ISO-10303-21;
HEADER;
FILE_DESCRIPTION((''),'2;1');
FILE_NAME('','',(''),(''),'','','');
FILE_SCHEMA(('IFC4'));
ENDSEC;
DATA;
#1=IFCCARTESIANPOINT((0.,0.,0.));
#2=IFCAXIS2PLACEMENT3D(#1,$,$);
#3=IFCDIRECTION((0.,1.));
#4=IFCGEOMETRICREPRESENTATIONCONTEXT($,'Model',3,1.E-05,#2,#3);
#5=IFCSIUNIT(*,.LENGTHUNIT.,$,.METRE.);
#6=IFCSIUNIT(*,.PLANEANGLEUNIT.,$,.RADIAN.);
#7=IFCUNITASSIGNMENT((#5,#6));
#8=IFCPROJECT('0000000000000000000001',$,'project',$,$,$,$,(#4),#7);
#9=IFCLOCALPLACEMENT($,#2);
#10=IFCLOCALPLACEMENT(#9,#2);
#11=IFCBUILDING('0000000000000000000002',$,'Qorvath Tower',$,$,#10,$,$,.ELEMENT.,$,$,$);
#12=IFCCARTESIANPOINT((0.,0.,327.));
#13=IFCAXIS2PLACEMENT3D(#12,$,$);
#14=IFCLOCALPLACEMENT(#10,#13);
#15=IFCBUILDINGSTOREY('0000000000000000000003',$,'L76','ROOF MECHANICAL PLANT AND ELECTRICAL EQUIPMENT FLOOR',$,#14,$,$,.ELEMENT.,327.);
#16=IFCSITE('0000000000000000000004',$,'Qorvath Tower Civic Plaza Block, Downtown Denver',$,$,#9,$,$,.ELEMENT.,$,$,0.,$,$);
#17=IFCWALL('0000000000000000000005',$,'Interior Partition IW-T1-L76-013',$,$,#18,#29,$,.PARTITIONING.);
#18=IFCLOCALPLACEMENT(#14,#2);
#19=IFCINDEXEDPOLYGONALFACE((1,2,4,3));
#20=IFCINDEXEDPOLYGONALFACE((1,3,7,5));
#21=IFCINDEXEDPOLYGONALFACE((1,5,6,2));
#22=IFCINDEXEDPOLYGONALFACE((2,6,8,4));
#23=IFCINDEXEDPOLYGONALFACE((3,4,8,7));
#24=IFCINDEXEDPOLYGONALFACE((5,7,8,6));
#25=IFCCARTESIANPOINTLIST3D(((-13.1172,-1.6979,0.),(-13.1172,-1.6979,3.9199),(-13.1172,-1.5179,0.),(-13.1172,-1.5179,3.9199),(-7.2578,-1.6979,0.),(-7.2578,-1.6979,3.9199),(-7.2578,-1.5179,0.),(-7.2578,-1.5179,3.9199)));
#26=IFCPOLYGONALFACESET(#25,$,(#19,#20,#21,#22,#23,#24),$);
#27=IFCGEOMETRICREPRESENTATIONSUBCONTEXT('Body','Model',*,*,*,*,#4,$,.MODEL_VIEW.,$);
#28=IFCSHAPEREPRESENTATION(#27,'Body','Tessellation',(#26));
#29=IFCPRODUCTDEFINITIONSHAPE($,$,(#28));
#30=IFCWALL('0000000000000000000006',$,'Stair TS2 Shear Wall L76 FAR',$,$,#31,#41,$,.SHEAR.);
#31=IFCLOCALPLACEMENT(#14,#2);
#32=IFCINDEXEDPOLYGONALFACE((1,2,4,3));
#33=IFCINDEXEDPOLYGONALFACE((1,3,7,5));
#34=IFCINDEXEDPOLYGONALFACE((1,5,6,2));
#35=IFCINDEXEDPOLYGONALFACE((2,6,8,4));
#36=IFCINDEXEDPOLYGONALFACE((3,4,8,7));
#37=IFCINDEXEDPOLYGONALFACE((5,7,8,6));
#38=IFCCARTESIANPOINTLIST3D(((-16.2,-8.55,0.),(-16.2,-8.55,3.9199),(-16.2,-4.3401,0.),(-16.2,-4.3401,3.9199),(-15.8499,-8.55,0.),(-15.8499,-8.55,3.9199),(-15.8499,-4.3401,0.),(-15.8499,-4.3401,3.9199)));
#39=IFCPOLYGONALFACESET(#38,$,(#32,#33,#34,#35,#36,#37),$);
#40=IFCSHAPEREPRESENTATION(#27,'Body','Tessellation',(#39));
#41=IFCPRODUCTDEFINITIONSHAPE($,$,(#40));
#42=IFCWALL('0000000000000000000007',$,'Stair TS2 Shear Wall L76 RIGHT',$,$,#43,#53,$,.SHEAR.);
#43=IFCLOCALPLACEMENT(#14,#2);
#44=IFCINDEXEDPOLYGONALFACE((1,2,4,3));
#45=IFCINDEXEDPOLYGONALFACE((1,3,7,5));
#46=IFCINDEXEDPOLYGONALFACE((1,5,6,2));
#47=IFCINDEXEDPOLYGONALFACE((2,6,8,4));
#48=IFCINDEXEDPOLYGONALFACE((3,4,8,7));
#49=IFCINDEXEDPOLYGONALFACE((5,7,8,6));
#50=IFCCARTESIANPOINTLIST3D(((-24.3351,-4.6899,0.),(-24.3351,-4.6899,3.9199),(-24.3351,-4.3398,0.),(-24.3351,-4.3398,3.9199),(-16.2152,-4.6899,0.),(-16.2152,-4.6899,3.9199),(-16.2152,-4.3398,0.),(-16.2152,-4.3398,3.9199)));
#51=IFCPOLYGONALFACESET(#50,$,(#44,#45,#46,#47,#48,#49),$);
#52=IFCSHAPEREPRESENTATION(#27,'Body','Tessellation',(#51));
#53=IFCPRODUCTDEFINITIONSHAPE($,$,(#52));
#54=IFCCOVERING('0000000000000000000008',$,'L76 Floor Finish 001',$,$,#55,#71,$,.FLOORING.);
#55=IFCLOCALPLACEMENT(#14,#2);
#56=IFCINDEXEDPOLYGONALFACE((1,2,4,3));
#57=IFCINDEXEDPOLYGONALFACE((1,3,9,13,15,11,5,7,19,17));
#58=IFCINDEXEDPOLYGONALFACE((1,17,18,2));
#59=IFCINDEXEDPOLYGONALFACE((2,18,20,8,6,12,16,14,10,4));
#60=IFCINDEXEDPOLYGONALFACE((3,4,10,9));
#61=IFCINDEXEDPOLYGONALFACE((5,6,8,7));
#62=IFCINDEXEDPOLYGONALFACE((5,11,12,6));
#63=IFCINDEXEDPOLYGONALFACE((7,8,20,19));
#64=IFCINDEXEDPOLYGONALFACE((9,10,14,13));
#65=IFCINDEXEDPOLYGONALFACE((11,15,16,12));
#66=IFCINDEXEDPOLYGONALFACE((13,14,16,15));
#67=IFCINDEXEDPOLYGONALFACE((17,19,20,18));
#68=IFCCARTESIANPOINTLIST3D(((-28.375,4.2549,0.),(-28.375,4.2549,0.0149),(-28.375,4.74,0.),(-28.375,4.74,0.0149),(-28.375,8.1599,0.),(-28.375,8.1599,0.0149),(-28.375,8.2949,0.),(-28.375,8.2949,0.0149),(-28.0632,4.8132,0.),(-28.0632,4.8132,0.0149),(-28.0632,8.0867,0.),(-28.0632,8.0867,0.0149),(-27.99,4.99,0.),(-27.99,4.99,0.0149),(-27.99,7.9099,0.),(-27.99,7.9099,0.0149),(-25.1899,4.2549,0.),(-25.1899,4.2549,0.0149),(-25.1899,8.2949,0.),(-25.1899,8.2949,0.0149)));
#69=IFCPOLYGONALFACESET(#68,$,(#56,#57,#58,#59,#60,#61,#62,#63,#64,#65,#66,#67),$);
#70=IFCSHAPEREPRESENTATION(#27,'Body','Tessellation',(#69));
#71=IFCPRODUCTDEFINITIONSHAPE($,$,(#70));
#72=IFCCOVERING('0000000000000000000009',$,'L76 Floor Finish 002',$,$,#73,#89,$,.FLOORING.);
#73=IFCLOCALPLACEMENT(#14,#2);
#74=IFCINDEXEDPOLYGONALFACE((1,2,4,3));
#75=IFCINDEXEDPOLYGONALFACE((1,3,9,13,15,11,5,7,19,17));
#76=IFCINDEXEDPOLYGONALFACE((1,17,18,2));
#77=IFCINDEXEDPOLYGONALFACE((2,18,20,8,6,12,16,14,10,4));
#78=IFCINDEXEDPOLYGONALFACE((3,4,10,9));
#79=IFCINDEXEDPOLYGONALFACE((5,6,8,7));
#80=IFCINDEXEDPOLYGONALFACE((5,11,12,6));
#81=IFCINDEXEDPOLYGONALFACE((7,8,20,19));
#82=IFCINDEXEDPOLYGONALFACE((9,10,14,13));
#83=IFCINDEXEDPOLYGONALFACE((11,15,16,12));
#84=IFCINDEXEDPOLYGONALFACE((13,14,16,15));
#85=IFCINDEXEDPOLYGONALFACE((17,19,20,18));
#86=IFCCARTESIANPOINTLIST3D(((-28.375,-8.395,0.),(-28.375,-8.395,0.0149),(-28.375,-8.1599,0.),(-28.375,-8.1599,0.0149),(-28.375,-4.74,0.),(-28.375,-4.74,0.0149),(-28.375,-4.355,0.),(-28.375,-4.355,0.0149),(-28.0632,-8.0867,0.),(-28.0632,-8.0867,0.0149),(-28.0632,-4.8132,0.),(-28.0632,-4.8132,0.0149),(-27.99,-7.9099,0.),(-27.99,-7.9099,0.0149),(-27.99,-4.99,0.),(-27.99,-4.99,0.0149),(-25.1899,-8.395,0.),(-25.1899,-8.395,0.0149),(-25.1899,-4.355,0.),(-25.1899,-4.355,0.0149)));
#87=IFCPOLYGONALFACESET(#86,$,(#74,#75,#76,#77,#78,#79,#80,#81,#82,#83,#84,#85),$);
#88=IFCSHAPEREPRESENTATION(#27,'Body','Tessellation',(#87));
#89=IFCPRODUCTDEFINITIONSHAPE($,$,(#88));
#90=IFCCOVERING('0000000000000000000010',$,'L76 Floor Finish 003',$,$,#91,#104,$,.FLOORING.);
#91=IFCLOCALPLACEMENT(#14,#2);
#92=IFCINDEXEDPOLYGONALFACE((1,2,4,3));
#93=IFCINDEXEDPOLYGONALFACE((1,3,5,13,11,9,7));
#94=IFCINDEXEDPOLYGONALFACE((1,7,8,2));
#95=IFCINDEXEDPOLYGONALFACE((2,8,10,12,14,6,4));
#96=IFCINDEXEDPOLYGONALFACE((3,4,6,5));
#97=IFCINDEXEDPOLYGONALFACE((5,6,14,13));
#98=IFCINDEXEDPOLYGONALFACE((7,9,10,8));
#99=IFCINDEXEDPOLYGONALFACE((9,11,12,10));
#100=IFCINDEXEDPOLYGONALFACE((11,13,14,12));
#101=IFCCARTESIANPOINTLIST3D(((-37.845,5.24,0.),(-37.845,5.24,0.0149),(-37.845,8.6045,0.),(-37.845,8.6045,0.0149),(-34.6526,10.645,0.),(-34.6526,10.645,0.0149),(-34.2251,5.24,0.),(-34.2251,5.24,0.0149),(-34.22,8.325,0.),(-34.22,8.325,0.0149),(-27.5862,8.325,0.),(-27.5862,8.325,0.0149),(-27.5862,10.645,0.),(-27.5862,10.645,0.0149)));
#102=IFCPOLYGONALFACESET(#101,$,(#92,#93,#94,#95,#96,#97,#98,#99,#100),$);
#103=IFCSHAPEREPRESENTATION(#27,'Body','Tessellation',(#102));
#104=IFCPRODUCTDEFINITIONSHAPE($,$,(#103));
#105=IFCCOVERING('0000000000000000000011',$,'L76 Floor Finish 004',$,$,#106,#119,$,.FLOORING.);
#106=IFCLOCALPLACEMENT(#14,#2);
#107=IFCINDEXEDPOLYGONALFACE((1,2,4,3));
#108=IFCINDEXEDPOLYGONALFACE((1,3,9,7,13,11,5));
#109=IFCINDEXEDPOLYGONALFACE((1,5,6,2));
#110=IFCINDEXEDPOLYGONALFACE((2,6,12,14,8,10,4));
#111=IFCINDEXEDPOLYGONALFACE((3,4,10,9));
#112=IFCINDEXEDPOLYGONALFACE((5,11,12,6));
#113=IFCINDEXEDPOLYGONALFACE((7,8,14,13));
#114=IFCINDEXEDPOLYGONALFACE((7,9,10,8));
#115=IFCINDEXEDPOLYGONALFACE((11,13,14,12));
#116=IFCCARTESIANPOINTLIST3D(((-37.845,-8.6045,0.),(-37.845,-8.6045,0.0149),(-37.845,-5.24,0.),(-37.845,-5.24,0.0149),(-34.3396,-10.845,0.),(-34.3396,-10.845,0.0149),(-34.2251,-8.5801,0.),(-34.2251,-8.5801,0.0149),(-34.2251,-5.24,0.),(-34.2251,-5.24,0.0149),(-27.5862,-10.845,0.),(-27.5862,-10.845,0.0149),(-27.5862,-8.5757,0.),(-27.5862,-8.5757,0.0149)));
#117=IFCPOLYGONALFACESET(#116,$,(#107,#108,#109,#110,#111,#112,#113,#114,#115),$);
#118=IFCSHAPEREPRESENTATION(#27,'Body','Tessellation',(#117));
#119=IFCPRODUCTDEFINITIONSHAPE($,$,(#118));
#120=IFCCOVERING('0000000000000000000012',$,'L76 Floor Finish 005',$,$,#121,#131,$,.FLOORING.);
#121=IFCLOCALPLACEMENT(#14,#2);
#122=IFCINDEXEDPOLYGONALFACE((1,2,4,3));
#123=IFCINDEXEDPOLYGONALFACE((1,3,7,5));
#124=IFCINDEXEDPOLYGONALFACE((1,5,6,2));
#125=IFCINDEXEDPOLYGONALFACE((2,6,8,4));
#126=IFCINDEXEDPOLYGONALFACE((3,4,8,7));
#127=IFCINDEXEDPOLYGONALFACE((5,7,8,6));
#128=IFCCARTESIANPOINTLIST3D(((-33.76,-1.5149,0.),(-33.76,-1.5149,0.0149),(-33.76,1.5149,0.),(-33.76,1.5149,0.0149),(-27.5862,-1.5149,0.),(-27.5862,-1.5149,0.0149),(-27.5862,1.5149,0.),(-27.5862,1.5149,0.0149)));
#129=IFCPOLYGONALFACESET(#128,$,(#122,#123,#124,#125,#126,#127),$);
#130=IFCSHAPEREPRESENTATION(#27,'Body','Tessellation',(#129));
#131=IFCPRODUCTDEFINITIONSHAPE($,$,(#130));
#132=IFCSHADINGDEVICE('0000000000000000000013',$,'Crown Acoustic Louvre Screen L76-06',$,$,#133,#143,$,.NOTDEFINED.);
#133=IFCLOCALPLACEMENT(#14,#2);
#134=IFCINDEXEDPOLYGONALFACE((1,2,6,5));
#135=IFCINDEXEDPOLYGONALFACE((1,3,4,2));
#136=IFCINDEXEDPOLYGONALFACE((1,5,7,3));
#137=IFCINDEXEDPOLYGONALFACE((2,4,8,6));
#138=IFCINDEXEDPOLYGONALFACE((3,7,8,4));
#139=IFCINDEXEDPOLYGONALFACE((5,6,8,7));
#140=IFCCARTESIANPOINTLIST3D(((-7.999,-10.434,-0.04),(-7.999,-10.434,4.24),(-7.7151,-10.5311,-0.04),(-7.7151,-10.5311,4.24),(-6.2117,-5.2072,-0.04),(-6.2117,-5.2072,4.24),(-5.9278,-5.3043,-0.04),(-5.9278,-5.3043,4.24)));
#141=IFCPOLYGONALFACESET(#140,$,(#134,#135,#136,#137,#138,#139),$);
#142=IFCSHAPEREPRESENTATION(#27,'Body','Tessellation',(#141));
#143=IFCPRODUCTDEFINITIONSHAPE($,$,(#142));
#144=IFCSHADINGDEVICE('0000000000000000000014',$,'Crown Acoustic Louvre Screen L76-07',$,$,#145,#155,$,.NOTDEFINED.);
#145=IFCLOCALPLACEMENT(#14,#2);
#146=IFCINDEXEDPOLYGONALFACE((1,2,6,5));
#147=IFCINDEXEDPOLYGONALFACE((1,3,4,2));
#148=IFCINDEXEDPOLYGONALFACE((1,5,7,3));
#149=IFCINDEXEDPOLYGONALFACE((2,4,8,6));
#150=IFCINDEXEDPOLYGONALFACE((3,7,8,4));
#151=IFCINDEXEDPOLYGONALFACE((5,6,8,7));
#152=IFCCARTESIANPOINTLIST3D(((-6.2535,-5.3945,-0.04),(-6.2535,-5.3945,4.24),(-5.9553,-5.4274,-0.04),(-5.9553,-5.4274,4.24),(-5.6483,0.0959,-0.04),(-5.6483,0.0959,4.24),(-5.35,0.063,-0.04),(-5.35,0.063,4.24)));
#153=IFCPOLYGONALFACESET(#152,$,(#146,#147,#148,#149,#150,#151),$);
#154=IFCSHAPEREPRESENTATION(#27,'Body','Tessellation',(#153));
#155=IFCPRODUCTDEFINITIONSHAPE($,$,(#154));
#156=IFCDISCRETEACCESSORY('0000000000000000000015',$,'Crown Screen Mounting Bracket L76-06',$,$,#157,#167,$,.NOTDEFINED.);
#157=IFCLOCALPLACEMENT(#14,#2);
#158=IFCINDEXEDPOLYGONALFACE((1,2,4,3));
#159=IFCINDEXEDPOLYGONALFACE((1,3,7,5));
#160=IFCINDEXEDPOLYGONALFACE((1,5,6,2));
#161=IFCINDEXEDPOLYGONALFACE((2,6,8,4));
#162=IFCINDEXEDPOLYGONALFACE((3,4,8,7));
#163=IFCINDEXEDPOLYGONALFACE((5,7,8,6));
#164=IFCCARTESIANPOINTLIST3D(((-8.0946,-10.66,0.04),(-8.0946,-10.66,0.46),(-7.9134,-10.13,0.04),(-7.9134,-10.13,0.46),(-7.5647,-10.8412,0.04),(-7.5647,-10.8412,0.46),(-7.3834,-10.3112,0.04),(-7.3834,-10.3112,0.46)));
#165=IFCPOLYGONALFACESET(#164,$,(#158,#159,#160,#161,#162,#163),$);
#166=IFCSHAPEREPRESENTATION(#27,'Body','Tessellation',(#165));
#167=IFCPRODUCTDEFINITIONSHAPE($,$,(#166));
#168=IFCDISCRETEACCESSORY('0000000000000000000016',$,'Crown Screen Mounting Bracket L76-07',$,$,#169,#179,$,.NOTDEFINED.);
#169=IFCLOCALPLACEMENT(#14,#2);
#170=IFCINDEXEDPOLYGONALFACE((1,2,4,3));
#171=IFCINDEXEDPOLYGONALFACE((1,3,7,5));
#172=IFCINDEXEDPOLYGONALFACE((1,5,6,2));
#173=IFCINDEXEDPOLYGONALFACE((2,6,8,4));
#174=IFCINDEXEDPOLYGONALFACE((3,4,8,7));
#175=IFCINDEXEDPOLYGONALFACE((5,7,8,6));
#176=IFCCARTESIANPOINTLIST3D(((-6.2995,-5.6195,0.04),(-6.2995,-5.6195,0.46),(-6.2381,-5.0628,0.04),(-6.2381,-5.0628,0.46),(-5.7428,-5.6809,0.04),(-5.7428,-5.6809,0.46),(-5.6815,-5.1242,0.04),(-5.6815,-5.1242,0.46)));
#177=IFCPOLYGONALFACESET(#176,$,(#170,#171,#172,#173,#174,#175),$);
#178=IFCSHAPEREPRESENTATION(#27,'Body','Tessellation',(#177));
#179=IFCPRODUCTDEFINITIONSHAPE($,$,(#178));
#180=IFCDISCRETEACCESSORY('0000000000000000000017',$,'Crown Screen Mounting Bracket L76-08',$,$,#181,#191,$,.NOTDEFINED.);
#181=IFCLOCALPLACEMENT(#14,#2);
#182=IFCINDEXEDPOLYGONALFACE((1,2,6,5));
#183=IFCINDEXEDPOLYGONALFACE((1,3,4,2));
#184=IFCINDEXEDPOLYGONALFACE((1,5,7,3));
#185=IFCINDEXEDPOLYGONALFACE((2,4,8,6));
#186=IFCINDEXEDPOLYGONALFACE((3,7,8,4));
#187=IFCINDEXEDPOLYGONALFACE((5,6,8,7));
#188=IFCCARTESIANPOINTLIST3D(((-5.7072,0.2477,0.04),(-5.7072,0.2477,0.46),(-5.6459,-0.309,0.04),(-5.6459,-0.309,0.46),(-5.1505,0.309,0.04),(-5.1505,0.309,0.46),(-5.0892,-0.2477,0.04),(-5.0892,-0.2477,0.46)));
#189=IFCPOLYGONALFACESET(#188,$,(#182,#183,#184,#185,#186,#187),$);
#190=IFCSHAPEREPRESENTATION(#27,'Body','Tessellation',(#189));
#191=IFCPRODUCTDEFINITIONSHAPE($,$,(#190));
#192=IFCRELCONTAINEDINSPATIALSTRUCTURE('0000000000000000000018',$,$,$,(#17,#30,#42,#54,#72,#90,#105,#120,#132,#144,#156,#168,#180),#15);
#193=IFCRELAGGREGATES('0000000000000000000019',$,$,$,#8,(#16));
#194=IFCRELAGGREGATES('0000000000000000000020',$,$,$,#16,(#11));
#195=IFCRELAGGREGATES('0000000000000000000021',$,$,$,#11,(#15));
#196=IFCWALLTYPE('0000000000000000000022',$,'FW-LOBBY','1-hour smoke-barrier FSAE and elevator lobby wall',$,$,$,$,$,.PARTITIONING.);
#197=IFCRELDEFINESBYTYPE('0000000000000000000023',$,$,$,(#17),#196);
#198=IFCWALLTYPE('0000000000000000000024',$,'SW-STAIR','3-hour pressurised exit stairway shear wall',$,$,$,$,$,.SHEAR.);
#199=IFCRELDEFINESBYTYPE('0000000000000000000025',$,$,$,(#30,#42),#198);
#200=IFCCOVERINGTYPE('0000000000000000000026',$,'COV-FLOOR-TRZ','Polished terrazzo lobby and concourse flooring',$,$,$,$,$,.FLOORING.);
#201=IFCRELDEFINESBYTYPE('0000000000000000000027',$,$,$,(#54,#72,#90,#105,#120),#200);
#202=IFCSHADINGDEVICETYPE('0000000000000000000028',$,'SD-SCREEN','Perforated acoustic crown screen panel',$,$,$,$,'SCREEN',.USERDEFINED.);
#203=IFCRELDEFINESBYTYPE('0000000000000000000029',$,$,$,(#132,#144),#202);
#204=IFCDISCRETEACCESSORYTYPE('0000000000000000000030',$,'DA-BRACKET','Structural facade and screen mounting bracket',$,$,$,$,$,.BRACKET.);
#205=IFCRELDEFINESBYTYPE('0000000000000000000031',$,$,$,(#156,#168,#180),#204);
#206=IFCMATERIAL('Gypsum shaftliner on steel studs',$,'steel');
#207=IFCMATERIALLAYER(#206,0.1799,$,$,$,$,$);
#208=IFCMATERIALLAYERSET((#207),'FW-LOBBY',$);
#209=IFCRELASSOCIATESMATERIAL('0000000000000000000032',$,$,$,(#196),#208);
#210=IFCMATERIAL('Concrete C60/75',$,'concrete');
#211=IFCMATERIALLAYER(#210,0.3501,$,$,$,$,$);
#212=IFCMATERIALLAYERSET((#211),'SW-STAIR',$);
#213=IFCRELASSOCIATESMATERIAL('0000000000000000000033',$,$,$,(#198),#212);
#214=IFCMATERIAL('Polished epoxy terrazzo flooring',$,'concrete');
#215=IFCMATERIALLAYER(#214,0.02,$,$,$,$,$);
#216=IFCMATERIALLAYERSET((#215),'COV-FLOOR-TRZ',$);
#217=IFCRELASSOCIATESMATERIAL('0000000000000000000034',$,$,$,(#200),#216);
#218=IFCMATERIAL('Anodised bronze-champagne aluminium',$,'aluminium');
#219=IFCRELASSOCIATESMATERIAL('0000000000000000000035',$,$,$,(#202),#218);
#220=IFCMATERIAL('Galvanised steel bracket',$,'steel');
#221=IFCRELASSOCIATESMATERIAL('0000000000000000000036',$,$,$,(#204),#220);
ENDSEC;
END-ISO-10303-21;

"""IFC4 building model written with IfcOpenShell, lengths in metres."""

from ifc_helpers import new_model, si_unit, direction, frame, frame_2d, origin, origin_2d, place, context, subcontext, project, spatial, polyline, rectangle, outline, extrude, material, layer, layer_set, type_object, element, save


model = new_model("IFC4")

# Units and contexts
model_context = context("Model", 3, precision=1e-05, world=origin(), true_north=direction((0.0, 1.0)))
body_context = subcontext(model_context, "Body", "Model", "MODEL_VIEW")
ifc_project = project(units=[si_unit("LENGTHUNIT", "METRE"), si_unit("PLANEANGLEUNIT", "RADIAN")], contexts=[model_context])

# Site, building, storey
site_placement = place(None, origin())
site = spatial("IfcSite", under=ifc_project, at=site_placement, Name="Qorvath Tower Civic Plaza Block, Downtown Denver", CompositionType="ELEMENT", RefElevation=0.0)
building_placement = place(site_placement, origin())
building = spatial("IfcBuilding", under=site, at=building_placement, Name="Qorvath Tower", CompositionType="ELEMENT")
storey_placement = place(building_placement, frame((0.0, 0.0, 327.0)))
storey = spatial("IfcBuildingStorey", under=building, at=storey_placement, Name="L76", Description="ROOF MECHANICAL PLANT AND ELECTRICAL EQUIPMENT FLOOR", CompositionType="ELEMENT", Elevation=327.0)

# Walls
ifc_material_1 = material(Name="Gypsum shaftliner on steel studs", Category="steel")
ifc_layer_1 = layer(ifc_material_1, 0.1799)
ifc_layer_set_1 = layer_set([ifc_layer_1], Name="FW-LOBBY")
wall_type_1 = type_object("IfcWallType", Name="FW-LOBBY", Description="1-hour smoke-barrier FSAE and elevator lobby wall", PredefinedType="PARTITIONING", material=ifc_layer_set_1)
wall_1_placement = place(storey_placement, frame((-7.2578, -1.6079, 0.0), z_axis=(0.0, 0.0, 1.0), x_axis=(-1.0, 0.0, 0.0)))
element("IfcWall", 1, at=wall_1_placement, inside=storey, type_object=wall_type_1, Name="Interior Partition IW-T1-L76-013", PredefinedType="PARTITIONING", context=body_context, shape_type="SweptSolid", body=[
    extrude(rectangle(XDim=5.8594, YDim=0.1799, at=frame_2d((2.9297, 0.0))), origin(), (0.0, 0.0, 1.0), 3.9199),
])
ifc_material_2 = material(Name="Concrete C60/75", Category="concrete")
ifc_layer_2 = layer(ifc_material_2, 0.3501)
ifc_layer_set_2 = layer_set([ifc_layer_2], Name="SW-STAIR")
wall_type_2 = type_object("IfcWallType", Name="SW-STAIR", Description="3-hour pressurised exit stairway shear wall", PredefinedType="SHEAR", material=ifc_layer_set_2)
wall_2_placement = place(storey_placement, frame((-16.0249, -8.55, 0.0), z_axis=(0.0, 0.0, 1.0), x_axis=(0.0, 1.0, 0.0)))
element("IfcWall", 2, at=wall_2_placement, inside=storey, type_object=wall_type_2, Name="Stair TS2 Shear Wall L76 FAR", PredefinedType="SHEAR", context=body_context, shape_type="SweptSolid", body=[
    extrude(rectangle(XDim=4.21, YDim=0.3501, at=frame_2d((2.105, 0.0))), origin(), (0.0, 0.0, 1.0), 3.9199),
])
wall_3_placement = place(storey_placement, frame((-16.2151, -4.5149, 0.0), z_axis=(0.0, 0.0, 1.0), x_axis=(-1.0, 0.0, 0.0)))
element("IfcWall", 3, at=wall_3_placement, inside=storey, type_object=wall_type_2, Name="Stair TS2 Shear Wall L76 RIGHT", PredefinedType="SHEAR", context=body_context, shape_type="SweptSolid", body=[
    extrude(rectangle(XDim=8.1199, YDim=0.3501, at=frame_2d((4.0601, 0.0))), origin(), (0.0, 0.0, 1.0), 3.9199),
])

# Coverings
ifc_material_3 = material(Name="Polished epoxy terrazzo flooring", Category="concrete")
ifc_layer_3 = layer(ifc_material_3, 0.02)
ifc_layer_set_3 = layer_set([ifc_layer_3], Name="COV-FLOOR-TRZ")
covering_type = type_object("IfcCoveringType", Name="COV-FLOOR-TRZ", Description="Polished terrazzo lobby and concourse flooring", PredefinedType="FLOORING", material=ifc_layer_set_3)
covering_1_placement = place(storey_placement, origin())
element("IfcCovering", 4, at=covering_1_placement, inside=storey, type_object=covering_type, Name="L76 Floor Finish 001", PredefinedType="FLOORING", context=body_context, shape_type="SweptSolid", body=[
    extrude(outline(polyline([(-25.1899, 4.2549), (-25.1899, 8.2949), (-28.375, 8.2949), (-28.375, 8.1599), (-28.0632, 8.0867), (-27.99, 7.9099), (-27.99, 4.99), (-28.0632, 4.8132), (-28.375, 4.74), (-28.375, 4.2549), (-25.1899, 4.2549)])), origin(), (0.0, 0.0, 1.0), 0.0149),
])
covering_2_placement = place(storey_placement, origin())
element("IfcCovering", 5, at=covering_2_placement, inside=storey, type_object=covering_type, Name="L76 Floor Finish 002", PredefinedType="FLOORING", context=body_context, shape_type="SweptSolid", body=[
    extrude(outline(polyline([(-25.1899, -8.395), (-25.1899, -4.355), (-28.375, -4.355), (-28.375, -4.74), (-28.0632, -4.8132), (-27.99, -4.99), (-27.99, -7.9099), (-28.0632, -8.0867), (-28.375, -8.1599), (-28.375, -8.395), (-25.1899, -8.395)])), origin(), (0.0, 0.0, 1.0), 0.0149),
])
covering_3_placement = place(storey_placement, origin())
element("IfcCovering", 6, at=covering_3_placement, inside=storey, type_object=covering_type, Name="L76 Floor Finish 003", PredefinedType="FLOORING", context=body_context, shape_type="SweptSolid", body=[
    extrude(outline(polyline([(-27.5862, 8.325), (-27.5862, 10.645), (-34.6526, 10.645), (-37.845, 8.6045), (-37.845, 5.24), (-34.2251, 5.24), (-34.22, 8.325), (-27.5862, 8.325)])), origin(), (0.0, 0.0, 1.0), 0.0149),
])
covering_4_placement = place(storey_placement, origin())
element("IfcCovering", 7, at=covering_4_placement, inside=storey, type_object=covering_type, Name="L76 Floor Finish 004", PredefinedType="FLOORING", context=body_context, shape_type="SweptSolid", body=[
    extrude(outline(polyline([(-34.2251, -8.5801), (-34.2251, -5.24), (-37.845, -5.24), (-37.845, -8.6045), (-34.3396, -10.845), (-27.5862, -10.845), (-27.5862, -8.5757), (-34.2251, -8.5801)])), origin(), (0.0, 0.0, 1.0), 0.0149),
])
covering_5_placement = place(storey_placement, origin())
element("IfcCovering", 8, at=covering_5_placement, inside=storey, type_object=covering_type, Name="L76 Floor Finish 005", PredefinedType="FLOORING", context=body_context, shape_type="SweptSolid", body=[
    extrude(outline(polyline([(-27.5862, -1.5149), (-27.5862, 1.5149), (-33.76, 1.5149), (-33.76, -1.5149), (-27.5862, -1.5149)])), origin(), (0.0, 0.0, 1.0), 0.0149),
])

# Shading devices
ifc_material_4 = material(Name="Anodised bronze-champagne aluminium", Category="aluminium")
shading_device_type = type_object("IfcShadingDeviceType", Name="SD-SCREEN", Description="Perforated acoustic crown screen panel", ElementType="SCREEN", PredefinedType="USERDEFINED", material=ifc_material_4)
shading_device_1_placement = place(storey_placement, frame((-6.9634, -7.8691, -0.04), z_axis=(0.0, 0.0, 1.0), x_axis=(0.323561, 0.946207, 0.0)))
element("IfcShadingDevice", 9, at=shading_device_1_placement, inside=storey, type_object=shading_device_type, Name="Crown Acoustic Louvre Screen L76-06", PredefinedType="NOTDEFINED", context=body_context, shape_type="SweptSolid", body=[
    extrude(rectangle(XDim=5.5239, YDim=0.3, at=origin_2d()), origin(), (0.0, 0.0, 1.0), 4.28),
])
shading_device_2_placement = place(storey_placement, frame((-5.8018, -2.6658, -0.04), z_axis=(0.0, 0.0, 1.0), x_axis=(0.10957, 0.993979, 0.0)))
element("IfcShadingDevice", 10, at=shading_device_2_placement, inside=storey, type_object=shading_device_type, Name="Crown Acoustic Louvre Screen L76-07", PredefinedType="NOTDEFINED", context=body_context, shape_type="SweptSolid", body=[
    extrude(rectangle(XDim=5.5237, YDim=0.3, at=origin_2d()), origin(), (0.0, 0.0, 1.0), 4.28),
])

# Discrete accessories
ifc_material_5 = material(Name="Galvanised steel bracket", Category="steel")
discrete_accessory_type_1 = type_object("IfcDiscreteAccessoryType", Name="DA-BRACKET", Description="Structural facade and screen mounting bracket", PredefinedType="BRACKET", material=ifc_material_5)
for number, where, z_axis, x_axis, name in (
    (11, (-7.739, -10.4856, 0.04), (0.0, 0.0, 1.0), (0.323561, 0.946207, 0.0), "Crown Screen Mounting Bracket L76-06"),
    (12, (-5.9905, -5.3718, 0.04), (0.0, 0.0, 1.0), (0.10957, 0.993979, 0.0), "Crown Screen Mounting Bracket L76-07"),
    (13, (-5.3982, 0.0, 0.04), (0.0, 0.0, 1.0), (-0.10957, 0.993979, 0.0), "Crown Screen Mounting Bracket L76-08"),
):
    element("IfcDiscreteAccessory", number, at=place(storey_placement, frame(where, z_axis=z_axis, x_axis=x_axis)), inside=storey, type_object=discrete_accessory_type_1, Name=name, PredefinedType="NOTDEFINED", context=body_context, shape_type="SweptSolid", body=[
        extrude(rectangle(XDim=0.5601, YDim=0.5601, at=origin_2d()), origin(), (0.0, 0.0, 1.0), 0.4199),
    ])

save(model, "model.ifc")
